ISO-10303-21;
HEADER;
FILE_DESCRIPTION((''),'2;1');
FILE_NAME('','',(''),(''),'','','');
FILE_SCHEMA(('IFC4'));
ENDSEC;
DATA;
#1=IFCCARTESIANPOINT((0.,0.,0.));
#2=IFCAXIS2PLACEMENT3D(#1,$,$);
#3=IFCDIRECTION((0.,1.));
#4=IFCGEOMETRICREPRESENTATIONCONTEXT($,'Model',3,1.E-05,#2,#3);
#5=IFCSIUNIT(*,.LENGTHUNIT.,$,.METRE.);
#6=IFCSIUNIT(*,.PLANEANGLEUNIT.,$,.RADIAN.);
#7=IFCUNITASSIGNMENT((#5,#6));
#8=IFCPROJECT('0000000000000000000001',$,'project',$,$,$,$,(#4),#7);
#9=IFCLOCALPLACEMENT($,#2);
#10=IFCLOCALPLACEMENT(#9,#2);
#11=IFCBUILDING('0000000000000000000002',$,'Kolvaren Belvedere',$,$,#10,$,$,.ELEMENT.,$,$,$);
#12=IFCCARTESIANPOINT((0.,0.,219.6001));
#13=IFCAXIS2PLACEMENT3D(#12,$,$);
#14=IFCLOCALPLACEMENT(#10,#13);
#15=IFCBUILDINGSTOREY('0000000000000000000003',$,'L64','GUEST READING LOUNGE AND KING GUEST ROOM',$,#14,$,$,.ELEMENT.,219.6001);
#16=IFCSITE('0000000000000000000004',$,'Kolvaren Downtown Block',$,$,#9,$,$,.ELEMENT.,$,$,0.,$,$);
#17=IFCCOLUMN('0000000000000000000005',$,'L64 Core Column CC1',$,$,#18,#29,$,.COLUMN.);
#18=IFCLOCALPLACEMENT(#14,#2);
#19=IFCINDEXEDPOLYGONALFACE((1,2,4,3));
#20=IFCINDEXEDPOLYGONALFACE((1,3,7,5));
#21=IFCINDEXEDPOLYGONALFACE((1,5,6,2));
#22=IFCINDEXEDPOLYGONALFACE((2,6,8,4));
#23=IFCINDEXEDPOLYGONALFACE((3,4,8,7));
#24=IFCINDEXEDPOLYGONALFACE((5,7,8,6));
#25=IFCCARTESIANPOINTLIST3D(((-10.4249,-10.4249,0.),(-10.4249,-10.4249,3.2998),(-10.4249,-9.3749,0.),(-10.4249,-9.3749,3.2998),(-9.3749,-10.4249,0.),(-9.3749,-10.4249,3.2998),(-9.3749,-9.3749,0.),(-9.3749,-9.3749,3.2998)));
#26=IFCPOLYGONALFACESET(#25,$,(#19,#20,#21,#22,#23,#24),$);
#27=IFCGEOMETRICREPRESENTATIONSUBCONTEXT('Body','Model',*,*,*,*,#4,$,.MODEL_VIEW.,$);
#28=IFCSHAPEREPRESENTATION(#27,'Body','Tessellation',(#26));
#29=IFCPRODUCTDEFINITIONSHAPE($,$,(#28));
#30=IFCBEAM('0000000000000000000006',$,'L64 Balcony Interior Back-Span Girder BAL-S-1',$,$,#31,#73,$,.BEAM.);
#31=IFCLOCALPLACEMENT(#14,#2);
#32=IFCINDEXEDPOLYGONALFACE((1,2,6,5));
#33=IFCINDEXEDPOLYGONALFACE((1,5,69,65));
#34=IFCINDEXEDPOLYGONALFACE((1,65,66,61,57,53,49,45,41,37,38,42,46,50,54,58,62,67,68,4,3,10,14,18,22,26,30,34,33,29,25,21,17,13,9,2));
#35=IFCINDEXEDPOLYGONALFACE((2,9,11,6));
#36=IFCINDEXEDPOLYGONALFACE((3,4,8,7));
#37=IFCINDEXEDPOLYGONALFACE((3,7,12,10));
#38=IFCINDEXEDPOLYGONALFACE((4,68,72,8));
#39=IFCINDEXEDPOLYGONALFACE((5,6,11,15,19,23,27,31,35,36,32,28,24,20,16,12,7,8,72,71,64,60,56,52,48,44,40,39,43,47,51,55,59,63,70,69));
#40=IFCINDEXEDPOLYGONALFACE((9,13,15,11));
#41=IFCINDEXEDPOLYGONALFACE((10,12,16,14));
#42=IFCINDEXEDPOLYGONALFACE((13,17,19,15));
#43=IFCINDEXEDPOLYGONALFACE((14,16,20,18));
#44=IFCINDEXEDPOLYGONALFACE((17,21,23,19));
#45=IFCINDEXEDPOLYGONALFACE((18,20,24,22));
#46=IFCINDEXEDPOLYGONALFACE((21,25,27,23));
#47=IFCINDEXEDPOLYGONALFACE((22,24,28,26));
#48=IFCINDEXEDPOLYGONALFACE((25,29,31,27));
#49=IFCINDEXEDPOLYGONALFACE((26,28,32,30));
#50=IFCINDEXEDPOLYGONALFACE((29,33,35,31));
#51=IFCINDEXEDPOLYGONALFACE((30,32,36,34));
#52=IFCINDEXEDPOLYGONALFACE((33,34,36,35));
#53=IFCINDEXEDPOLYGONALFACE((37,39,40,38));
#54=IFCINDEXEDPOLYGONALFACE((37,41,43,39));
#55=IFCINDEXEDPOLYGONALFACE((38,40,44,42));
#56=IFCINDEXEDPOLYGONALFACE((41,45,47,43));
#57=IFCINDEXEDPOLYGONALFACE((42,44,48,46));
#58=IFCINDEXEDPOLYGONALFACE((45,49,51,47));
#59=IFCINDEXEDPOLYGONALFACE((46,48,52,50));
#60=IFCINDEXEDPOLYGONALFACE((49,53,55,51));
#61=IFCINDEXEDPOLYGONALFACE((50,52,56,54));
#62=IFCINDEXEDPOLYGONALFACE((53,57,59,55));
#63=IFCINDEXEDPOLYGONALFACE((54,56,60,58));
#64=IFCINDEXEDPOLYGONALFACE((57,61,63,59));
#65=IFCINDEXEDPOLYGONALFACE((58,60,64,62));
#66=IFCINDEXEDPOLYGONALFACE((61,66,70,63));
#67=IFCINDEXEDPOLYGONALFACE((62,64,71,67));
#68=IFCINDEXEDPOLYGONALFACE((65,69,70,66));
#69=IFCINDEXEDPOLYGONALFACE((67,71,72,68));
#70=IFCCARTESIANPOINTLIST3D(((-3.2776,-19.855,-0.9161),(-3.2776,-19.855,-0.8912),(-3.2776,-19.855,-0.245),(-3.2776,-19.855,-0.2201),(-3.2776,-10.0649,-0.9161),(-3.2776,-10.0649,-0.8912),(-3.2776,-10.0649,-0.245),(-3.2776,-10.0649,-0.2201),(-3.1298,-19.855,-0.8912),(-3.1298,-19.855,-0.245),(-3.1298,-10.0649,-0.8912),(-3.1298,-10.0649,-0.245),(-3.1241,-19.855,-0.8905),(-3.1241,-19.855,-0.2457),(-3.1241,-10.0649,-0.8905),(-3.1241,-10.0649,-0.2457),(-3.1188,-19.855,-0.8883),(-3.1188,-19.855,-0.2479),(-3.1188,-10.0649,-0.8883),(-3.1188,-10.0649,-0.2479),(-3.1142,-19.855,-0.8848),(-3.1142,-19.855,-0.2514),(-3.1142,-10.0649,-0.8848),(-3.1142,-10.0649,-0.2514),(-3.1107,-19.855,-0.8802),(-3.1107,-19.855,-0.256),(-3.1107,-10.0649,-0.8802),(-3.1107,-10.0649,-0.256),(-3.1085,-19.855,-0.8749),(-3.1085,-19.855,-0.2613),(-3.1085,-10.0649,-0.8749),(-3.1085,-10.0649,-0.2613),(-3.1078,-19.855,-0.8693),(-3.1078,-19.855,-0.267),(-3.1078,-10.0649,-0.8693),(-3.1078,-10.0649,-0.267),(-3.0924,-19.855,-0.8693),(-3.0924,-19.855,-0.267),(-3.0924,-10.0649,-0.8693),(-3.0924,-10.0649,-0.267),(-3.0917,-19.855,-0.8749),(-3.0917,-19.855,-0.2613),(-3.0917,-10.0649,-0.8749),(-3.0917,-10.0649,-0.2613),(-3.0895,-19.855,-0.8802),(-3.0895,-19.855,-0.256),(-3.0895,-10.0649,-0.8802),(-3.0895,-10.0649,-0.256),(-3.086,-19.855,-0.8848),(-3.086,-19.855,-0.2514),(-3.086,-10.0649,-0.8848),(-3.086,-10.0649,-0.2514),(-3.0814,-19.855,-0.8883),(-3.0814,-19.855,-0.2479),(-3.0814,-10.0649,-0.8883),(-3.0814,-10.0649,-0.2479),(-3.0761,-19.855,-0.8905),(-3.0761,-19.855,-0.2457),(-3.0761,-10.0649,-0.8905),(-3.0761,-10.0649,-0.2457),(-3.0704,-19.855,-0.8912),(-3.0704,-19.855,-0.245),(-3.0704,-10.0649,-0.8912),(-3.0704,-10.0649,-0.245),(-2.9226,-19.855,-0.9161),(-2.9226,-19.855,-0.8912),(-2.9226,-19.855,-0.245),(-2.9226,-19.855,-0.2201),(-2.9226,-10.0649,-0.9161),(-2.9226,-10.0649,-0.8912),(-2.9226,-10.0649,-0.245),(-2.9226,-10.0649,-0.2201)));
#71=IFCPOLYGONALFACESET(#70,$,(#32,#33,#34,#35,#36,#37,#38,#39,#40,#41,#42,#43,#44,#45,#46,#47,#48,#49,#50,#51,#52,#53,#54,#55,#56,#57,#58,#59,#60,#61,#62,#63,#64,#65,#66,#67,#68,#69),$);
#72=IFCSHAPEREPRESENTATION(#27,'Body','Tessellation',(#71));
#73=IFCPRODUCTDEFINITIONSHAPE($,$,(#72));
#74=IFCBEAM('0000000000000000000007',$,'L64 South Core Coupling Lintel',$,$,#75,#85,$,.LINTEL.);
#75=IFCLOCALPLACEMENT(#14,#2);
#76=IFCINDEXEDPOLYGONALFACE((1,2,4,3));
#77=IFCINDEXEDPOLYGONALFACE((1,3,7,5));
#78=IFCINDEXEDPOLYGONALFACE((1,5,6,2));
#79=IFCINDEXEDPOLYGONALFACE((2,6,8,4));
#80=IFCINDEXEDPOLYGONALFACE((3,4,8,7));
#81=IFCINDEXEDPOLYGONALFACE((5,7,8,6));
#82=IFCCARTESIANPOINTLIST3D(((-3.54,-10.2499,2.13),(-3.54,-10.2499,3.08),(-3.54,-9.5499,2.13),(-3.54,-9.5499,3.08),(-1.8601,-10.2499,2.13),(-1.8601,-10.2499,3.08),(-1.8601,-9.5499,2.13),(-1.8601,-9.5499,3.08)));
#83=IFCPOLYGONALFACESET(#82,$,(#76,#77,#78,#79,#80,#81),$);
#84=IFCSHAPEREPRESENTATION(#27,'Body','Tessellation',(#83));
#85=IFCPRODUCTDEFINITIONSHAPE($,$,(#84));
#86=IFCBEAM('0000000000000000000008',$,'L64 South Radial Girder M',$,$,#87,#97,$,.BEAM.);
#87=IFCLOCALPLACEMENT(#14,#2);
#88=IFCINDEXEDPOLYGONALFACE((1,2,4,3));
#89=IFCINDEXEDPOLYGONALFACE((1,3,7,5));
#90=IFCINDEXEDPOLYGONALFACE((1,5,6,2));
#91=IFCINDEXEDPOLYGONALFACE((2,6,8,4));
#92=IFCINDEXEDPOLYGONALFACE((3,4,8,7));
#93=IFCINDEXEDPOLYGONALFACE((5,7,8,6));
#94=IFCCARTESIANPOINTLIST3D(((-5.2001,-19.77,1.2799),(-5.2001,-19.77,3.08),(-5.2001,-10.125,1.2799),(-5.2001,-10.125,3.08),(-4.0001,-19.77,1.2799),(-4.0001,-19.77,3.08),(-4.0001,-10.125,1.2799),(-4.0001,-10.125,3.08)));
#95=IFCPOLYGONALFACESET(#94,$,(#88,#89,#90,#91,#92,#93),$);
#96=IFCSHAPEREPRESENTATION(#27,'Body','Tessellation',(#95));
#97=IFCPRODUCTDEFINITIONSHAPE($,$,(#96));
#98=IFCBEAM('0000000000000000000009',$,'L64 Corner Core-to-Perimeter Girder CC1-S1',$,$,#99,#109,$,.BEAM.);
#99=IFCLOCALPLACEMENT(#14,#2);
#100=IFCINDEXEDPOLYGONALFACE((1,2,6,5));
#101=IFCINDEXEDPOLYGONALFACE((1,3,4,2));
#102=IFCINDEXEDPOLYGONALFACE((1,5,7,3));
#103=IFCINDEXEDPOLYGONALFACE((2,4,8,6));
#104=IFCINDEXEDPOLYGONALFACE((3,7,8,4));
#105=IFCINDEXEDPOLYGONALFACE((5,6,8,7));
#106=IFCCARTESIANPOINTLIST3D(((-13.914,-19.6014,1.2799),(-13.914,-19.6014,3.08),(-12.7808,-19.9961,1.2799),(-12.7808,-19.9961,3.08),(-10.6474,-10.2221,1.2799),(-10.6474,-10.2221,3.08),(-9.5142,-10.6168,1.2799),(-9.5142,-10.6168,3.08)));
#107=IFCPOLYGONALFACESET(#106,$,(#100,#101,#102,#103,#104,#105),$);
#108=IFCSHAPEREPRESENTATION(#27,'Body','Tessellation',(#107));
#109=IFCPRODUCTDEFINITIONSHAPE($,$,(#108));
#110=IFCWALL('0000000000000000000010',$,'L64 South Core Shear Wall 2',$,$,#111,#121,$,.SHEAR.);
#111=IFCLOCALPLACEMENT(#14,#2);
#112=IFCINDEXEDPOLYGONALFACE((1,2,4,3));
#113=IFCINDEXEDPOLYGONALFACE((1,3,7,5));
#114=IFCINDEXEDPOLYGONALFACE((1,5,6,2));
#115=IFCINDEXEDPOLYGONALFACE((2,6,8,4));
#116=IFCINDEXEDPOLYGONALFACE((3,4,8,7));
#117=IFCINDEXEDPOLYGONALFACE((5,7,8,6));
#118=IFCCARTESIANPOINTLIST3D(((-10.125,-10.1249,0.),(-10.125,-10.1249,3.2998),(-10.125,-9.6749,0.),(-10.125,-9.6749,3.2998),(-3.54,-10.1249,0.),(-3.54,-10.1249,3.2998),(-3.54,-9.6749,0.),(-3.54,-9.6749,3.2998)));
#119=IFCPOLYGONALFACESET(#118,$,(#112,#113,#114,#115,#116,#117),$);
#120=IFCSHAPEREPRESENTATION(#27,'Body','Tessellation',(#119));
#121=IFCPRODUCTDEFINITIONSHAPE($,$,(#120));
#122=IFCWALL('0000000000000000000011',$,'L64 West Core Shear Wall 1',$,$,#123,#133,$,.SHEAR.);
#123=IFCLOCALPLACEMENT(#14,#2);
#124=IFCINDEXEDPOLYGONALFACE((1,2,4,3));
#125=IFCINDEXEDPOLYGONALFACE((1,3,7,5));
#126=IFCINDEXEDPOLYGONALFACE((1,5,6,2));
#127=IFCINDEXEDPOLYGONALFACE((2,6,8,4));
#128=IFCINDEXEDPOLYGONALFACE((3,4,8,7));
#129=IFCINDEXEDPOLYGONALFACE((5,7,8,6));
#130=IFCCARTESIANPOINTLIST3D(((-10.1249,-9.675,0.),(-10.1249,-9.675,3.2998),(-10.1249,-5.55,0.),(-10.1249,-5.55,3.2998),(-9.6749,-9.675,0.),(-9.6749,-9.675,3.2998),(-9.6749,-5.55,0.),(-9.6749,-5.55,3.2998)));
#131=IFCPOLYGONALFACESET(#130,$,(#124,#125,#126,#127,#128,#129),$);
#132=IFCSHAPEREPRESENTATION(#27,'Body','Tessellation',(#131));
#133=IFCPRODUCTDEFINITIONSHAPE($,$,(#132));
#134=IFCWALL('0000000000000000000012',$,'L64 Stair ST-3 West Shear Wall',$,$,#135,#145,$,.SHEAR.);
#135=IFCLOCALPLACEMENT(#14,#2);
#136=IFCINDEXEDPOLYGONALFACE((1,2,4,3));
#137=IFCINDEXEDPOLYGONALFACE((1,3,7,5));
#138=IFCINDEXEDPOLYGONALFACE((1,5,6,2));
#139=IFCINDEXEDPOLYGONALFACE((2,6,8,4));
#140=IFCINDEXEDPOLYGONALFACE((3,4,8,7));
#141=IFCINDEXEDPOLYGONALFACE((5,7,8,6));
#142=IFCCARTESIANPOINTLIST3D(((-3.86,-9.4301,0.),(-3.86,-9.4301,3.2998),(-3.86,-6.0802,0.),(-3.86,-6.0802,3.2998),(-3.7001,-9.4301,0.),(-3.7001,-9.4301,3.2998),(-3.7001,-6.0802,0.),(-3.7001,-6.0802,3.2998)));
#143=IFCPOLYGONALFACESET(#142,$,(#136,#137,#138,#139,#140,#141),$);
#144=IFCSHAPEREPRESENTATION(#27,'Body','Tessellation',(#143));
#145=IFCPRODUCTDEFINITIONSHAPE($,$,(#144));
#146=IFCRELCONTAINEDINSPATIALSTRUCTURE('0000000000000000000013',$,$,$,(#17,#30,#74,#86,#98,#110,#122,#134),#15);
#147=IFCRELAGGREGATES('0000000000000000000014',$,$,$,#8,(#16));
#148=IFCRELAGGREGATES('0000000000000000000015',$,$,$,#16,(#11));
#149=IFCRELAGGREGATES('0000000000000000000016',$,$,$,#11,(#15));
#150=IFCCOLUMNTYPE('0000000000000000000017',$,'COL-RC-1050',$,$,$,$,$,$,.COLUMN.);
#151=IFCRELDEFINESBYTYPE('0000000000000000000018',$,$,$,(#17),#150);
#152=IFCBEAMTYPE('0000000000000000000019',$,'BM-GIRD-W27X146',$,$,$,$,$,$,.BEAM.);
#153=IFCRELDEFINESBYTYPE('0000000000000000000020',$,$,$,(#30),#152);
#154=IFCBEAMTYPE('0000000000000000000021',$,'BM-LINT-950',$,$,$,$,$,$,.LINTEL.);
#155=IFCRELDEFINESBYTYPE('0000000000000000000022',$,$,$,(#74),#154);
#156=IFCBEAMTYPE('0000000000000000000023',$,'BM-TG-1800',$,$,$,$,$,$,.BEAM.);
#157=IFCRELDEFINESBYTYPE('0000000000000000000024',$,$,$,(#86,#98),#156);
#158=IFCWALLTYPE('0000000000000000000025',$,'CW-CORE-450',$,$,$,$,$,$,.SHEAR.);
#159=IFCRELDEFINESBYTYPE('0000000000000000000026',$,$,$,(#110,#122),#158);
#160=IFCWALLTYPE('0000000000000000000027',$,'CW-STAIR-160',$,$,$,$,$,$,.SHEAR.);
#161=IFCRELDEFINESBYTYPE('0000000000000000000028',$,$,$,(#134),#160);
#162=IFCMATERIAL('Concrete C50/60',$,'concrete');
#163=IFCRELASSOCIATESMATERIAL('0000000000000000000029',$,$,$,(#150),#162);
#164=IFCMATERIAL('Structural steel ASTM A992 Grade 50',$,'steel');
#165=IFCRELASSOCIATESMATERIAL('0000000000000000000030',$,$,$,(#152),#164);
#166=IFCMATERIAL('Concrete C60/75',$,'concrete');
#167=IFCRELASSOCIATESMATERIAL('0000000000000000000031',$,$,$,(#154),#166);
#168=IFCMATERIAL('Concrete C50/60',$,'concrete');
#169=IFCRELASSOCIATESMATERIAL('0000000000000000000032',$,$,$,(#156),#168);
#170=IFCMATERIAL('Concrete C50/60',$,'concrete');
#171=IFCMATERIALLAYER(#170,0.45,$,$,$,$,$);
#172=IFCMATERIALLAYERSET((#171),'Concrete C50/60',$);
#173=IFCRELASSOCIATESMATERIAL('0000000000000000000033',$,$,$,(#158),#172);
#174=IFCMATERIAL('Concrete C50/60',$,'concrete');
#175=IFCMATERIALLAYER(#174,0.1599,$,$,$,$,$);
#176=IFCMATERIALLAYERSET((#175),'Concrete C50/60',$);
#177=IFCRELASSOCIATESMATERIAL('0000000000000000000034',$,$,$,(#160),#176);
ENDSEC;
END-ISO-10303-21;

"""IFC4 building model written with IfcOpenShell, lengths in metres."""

from ifc_helpers import new_model, si_unit, direction, frame, frame_2d, origin, origin_2d, place, context, subcontext, project, spatial, rectangle, i_section, extrude, material, layer, layer_set, material_profile, profile_set, type_object, element, save


model = new_model("IFC4")

# Units and contexts
model_context = context("Model", 3, precision=1e-05, world=origin(), true_north=direction((0.0, 1.0)))
body_context = subcontext(model_context, "Body", "Model", "MODEL_VIEW")
ifc_project = project(units=[si_unit("LENGTHUNIT", "METRE"), si_unit("PLANEANGLEUNIT", "RADIAN")], contexts=[model_context])

# Site, building, storey
site_placement = place(None, origin())
site = spatial("IfcSite", under=ifc_project, at=site_placement, Name="Kolvaren Downtown Block", CompositionType="ELEMENT", RefElevation=0.0)
building_placement = place(site_placement, origin())
building = spatial("IfcBuilding", under=site, at=building_placement, Name="Kolvaren Belvedere", CompositionType="ELEMENT")
storey_placement = place(building_placement, frame((0.0, 0.0, 219.6001)))
storey = spatial("IfcBuildingStorey", under=building, at=storey_placement, Name="L64", Description="GUEST READING LOUNGE AND KING GUEST ROOM", CompositionType="ELEMENT", Elevation=219.6001)

# Column
ifc_material_1 = material(Name="Concrete C50/60", Category="concrete")
ifc_material_profile_1 = material_profile(ifc_material_1, rectangle(XDim=1.05, YDim=1.05, at=origin_2d()), Name="RC 1050X1050")
ifc_profile_set_1 = profile_set([ifc_material_profile_1], Name="Concrete C50/60")
column_type = type_object("IfcColumnType", Name="COL-RC-1050", PredefinedType="COLUMN", material=ifc_profile_set_1)
column_placement = place(storey_placement, frame((-9.8999, -9.8999, 0.0), z_axis=(0.0, 0.0, 1.0), x_axis=(1.0, 0.0, 0.0)))
element("IfcColumn", 1, at=column_placement, inside=storey, type_object=column_type, Name="L64 Core Column CC1", PredefinedType="COLUMN", context=body_context, shape_type="SweptSolid", body=[
    extrude(rectangle(XDim=1.05, YDim=1.05, at=origin_2d()), origin(), (0.0, 0.0, 1.0), 3.2998),
])

# Beams
ifc_material_2 = material(Name="Structural steel ASTM A992 Grade 50", Category="steel")
ifc_material_profile_2 = material_profile(ifc_material_2, i_section(OverallWidth=0.355, OverallDepth=0.696, WebThickness=0.0154, FlangeThickness=0.0249, FilletRadius=0.022, at=origin_2d()), Name="W27X146")
ifc_profile_set_2 = profile_set([ifc_material_profile_2], Name="Structural steel ASTM A992 Grade 50")
beam_type_1 = type_object("IfcBeamType", Name="BM-GIRD-W27X146", PredefinedType="BEAM", material=ifc_profile_set_2)
beam_1_placement = place(storey_placement, frame((-3.1001, -10.0649, -0.5681), z_axis=(0.0, -1.0, 0.0), x_axis=(1.0, 0.0, 0.0)))
element("IfcBeam", 2, at=beam_1_placement, inside=storey, type_object=beam_type_1, Name="L64 Balcony Interior Back-Span Girder BAL-S-1", PredefinedType="BEAM", context=body_context, shape_type="SweptSolid", body=[
    extrude(i_section(OverallWidth=0.355, OverallDepth=0.696, WebThickness=0.0154, FlangeThickness=0.0249, FilletRadius=0.022, at=origin_2d()), origin(), (0.0, 0.0, 1.0), 9.79),
])
ifc_material_3 = material(Name="Concrete C60/75", Category="concrete")
ifc_material_profile_3 = material_profile(ifc_material_3, rectangle(XDim=0.7, YDim=0.95, at=origin_2d()), Name="RC 700X950")
ifc_profile_set_3 = profile_set([ifc_material_profile_3], Name="Concrete C60/75")
beam_type_2 = type_object("IfcBeamType", Name="BM-LINT-950", PredefinedType="LINTEL", material=ifc_profile_set_3)
beam_2_placement = place(storey_placement, frame((-3.54, -9.8999, 2.605), z_axis=(1.0, 0.0, 0.0), x_axis=(0.0, 1.0, 0.0)))
element("IfcBeam", 3, at=beam_2_placement, inside=storey, type_object=beam_type_2, Name="L64 South Core Coupling Lintel", PredefinedType="LINTEL", context=body_context, shape_type="SweptSolid", body=[
    extrude(rectangle(XDim=0.7, YDim=0.95, at=origin_2d()), origin(), (0.0, 0.0, 1.0), 1.6799),
])
ifc_material_4 = material(Name="Concrete C50/60", Category="concrete")
ifc_material_profile_4 = material_profile(ifc_material_4, rectangle(XDim=1.2, YDim=1.8, at=origin_2d()), Name="RC 1200X1800")
ifc_profile_set_4 = profile_set([ifc_material_profile_4], Name="Concrete C50/60")
beam_type_3 = type_object("IfcBeamType", Name="BM-TG-1800", PredefinedType="BEAM", material=ifc_profile_set_4)
beam_3_placement = place(storey_placement, frame((-4.6001, -10.125, 2.1799), z_axis=(0.0, -1.0, 0.0), x_axis=(1.0, 0.0, 0.0)))
element("IfcBeam", 4, at=beam_3_placement, inside=storey, type_object=beam_type_3, Name="L64 South Radial Girder M", PredefinedType="BEAM", context=body_context, shape_type="SweptSolid", body=[
    extrude(rectangle(XDim=1.2, YDim=1.8, at=origin_2d()), origin(), (0.0, 0.0, 1.0), 9.645),
])
beam_4_placement = place(storey_placement, frame((-10.0808, -10.4194, 2.1799), z_axis=(-0.328898, -0.944365, 0.0), x_axis=(0.944365, -0.328898, 0.0)))
element("IfcBeam", 5, at=beam_4_placement, inside=storey, type_object=beam_type_3, Name="L64 Corner Core-to-Perimeter Girder CC1-S1", PredefinedType="BEAM", context=body_context, shape_type="SweptSolid", body=[
    extrude(rectangle(XDim=1.2, YDim=1.8, at=origin_2d()), origin(), (0.0, 0.0, 1.0), 9.9319),
])

# Walls
ifc_material_5 = material(Name="Concrete C50/60", Category="concrete")
ifc_layer_1 = layer(ifc_material_5, 0.45)
ifc_layer_set_1 = layer_set([ifc_layer_1], Name="Concrete C50/60")
wall_type_1 = type_object("IfcWallType", Name="CW-CORE-450", PredefinedType="SHEAR", material=ifc_layer_set_1)
wall_1_placement = place(storey_placement, frame((-3.54, -9.8999, 0.0), z_axis=(0.0, 0.0, 1.0), x_axis=(-1.0, 0.0, 0.0)))
element("IfcWall", 6, at=wall_1_placement, inside=storey, type_object=wall_type_1, Name="L64 South Core Shear Wall 2", PredefinedType="SHEAR", context=body_context, shape_type="SweptSolid", body=[
    extrude(rectangle(XDim=6.585, YDim=0.45, at=frame_2d((3.2925, 0.0))), origin(), (0.0, 0.0, 1.0), 3.2998),
])
wall_2_placement = place(storey_placement, frame((-9.8999, -9.675, 0.0), z_axis=(0.0, 0.0, 1.0), x_axis=(0.0, 1.0, 0.0)))
element("IfcWall", 7, at=wall_2_placement, inside=storey, type_object=wall_type_1, Name="L64 West Core Shear Wall 1", PredefinedType="SHEAR", context=body_context, shape_type="SweptSolid", body=[
    extrude(rectangle(XDim=4.125, YDim=0.45, at=frame_2d((2.0625, 0.0))), origin(), (0.0, 0.0, 1.0), 3.2998),
])
ifc_material_6 = material(Name="Concrete C50/60", Category="concrete")
ifc_layer_2 = layer(ifc_material_6, 0.1599)
ifc_layer_set_2 = layer_set([ifc_layer_2], Name="Concrete C50/60")
wall_type_2 = type_object("IfcWallType", Name="CW-STAIR-160", PredefinedType="SHEAR", material=ifc_layer_set_2)
wall_3_placement = place(storey_placement, frame((-3.78, -9.4299, 0.0), z_axis=(0.0, 0.0, 1.0), x_axis=(0.0, 1.0, 0.0)))
element("IfcWall", 8, at=wall_3_placement, inside=storey, type_object=wall_type_2, Name="L64 Stair ST-3 West Shear Wall", PredefinedType="SHEAR", context=body_context, shape_type="SweptSolid", body=[
    extrude(rectangle(XDim=3.3499, YDim=0.1599, at=frame_2d((1.6748, 0.0))), origin(), (0.0, 0.0, 1.0), 3.2998),
])

save(model, "model.ifc")
